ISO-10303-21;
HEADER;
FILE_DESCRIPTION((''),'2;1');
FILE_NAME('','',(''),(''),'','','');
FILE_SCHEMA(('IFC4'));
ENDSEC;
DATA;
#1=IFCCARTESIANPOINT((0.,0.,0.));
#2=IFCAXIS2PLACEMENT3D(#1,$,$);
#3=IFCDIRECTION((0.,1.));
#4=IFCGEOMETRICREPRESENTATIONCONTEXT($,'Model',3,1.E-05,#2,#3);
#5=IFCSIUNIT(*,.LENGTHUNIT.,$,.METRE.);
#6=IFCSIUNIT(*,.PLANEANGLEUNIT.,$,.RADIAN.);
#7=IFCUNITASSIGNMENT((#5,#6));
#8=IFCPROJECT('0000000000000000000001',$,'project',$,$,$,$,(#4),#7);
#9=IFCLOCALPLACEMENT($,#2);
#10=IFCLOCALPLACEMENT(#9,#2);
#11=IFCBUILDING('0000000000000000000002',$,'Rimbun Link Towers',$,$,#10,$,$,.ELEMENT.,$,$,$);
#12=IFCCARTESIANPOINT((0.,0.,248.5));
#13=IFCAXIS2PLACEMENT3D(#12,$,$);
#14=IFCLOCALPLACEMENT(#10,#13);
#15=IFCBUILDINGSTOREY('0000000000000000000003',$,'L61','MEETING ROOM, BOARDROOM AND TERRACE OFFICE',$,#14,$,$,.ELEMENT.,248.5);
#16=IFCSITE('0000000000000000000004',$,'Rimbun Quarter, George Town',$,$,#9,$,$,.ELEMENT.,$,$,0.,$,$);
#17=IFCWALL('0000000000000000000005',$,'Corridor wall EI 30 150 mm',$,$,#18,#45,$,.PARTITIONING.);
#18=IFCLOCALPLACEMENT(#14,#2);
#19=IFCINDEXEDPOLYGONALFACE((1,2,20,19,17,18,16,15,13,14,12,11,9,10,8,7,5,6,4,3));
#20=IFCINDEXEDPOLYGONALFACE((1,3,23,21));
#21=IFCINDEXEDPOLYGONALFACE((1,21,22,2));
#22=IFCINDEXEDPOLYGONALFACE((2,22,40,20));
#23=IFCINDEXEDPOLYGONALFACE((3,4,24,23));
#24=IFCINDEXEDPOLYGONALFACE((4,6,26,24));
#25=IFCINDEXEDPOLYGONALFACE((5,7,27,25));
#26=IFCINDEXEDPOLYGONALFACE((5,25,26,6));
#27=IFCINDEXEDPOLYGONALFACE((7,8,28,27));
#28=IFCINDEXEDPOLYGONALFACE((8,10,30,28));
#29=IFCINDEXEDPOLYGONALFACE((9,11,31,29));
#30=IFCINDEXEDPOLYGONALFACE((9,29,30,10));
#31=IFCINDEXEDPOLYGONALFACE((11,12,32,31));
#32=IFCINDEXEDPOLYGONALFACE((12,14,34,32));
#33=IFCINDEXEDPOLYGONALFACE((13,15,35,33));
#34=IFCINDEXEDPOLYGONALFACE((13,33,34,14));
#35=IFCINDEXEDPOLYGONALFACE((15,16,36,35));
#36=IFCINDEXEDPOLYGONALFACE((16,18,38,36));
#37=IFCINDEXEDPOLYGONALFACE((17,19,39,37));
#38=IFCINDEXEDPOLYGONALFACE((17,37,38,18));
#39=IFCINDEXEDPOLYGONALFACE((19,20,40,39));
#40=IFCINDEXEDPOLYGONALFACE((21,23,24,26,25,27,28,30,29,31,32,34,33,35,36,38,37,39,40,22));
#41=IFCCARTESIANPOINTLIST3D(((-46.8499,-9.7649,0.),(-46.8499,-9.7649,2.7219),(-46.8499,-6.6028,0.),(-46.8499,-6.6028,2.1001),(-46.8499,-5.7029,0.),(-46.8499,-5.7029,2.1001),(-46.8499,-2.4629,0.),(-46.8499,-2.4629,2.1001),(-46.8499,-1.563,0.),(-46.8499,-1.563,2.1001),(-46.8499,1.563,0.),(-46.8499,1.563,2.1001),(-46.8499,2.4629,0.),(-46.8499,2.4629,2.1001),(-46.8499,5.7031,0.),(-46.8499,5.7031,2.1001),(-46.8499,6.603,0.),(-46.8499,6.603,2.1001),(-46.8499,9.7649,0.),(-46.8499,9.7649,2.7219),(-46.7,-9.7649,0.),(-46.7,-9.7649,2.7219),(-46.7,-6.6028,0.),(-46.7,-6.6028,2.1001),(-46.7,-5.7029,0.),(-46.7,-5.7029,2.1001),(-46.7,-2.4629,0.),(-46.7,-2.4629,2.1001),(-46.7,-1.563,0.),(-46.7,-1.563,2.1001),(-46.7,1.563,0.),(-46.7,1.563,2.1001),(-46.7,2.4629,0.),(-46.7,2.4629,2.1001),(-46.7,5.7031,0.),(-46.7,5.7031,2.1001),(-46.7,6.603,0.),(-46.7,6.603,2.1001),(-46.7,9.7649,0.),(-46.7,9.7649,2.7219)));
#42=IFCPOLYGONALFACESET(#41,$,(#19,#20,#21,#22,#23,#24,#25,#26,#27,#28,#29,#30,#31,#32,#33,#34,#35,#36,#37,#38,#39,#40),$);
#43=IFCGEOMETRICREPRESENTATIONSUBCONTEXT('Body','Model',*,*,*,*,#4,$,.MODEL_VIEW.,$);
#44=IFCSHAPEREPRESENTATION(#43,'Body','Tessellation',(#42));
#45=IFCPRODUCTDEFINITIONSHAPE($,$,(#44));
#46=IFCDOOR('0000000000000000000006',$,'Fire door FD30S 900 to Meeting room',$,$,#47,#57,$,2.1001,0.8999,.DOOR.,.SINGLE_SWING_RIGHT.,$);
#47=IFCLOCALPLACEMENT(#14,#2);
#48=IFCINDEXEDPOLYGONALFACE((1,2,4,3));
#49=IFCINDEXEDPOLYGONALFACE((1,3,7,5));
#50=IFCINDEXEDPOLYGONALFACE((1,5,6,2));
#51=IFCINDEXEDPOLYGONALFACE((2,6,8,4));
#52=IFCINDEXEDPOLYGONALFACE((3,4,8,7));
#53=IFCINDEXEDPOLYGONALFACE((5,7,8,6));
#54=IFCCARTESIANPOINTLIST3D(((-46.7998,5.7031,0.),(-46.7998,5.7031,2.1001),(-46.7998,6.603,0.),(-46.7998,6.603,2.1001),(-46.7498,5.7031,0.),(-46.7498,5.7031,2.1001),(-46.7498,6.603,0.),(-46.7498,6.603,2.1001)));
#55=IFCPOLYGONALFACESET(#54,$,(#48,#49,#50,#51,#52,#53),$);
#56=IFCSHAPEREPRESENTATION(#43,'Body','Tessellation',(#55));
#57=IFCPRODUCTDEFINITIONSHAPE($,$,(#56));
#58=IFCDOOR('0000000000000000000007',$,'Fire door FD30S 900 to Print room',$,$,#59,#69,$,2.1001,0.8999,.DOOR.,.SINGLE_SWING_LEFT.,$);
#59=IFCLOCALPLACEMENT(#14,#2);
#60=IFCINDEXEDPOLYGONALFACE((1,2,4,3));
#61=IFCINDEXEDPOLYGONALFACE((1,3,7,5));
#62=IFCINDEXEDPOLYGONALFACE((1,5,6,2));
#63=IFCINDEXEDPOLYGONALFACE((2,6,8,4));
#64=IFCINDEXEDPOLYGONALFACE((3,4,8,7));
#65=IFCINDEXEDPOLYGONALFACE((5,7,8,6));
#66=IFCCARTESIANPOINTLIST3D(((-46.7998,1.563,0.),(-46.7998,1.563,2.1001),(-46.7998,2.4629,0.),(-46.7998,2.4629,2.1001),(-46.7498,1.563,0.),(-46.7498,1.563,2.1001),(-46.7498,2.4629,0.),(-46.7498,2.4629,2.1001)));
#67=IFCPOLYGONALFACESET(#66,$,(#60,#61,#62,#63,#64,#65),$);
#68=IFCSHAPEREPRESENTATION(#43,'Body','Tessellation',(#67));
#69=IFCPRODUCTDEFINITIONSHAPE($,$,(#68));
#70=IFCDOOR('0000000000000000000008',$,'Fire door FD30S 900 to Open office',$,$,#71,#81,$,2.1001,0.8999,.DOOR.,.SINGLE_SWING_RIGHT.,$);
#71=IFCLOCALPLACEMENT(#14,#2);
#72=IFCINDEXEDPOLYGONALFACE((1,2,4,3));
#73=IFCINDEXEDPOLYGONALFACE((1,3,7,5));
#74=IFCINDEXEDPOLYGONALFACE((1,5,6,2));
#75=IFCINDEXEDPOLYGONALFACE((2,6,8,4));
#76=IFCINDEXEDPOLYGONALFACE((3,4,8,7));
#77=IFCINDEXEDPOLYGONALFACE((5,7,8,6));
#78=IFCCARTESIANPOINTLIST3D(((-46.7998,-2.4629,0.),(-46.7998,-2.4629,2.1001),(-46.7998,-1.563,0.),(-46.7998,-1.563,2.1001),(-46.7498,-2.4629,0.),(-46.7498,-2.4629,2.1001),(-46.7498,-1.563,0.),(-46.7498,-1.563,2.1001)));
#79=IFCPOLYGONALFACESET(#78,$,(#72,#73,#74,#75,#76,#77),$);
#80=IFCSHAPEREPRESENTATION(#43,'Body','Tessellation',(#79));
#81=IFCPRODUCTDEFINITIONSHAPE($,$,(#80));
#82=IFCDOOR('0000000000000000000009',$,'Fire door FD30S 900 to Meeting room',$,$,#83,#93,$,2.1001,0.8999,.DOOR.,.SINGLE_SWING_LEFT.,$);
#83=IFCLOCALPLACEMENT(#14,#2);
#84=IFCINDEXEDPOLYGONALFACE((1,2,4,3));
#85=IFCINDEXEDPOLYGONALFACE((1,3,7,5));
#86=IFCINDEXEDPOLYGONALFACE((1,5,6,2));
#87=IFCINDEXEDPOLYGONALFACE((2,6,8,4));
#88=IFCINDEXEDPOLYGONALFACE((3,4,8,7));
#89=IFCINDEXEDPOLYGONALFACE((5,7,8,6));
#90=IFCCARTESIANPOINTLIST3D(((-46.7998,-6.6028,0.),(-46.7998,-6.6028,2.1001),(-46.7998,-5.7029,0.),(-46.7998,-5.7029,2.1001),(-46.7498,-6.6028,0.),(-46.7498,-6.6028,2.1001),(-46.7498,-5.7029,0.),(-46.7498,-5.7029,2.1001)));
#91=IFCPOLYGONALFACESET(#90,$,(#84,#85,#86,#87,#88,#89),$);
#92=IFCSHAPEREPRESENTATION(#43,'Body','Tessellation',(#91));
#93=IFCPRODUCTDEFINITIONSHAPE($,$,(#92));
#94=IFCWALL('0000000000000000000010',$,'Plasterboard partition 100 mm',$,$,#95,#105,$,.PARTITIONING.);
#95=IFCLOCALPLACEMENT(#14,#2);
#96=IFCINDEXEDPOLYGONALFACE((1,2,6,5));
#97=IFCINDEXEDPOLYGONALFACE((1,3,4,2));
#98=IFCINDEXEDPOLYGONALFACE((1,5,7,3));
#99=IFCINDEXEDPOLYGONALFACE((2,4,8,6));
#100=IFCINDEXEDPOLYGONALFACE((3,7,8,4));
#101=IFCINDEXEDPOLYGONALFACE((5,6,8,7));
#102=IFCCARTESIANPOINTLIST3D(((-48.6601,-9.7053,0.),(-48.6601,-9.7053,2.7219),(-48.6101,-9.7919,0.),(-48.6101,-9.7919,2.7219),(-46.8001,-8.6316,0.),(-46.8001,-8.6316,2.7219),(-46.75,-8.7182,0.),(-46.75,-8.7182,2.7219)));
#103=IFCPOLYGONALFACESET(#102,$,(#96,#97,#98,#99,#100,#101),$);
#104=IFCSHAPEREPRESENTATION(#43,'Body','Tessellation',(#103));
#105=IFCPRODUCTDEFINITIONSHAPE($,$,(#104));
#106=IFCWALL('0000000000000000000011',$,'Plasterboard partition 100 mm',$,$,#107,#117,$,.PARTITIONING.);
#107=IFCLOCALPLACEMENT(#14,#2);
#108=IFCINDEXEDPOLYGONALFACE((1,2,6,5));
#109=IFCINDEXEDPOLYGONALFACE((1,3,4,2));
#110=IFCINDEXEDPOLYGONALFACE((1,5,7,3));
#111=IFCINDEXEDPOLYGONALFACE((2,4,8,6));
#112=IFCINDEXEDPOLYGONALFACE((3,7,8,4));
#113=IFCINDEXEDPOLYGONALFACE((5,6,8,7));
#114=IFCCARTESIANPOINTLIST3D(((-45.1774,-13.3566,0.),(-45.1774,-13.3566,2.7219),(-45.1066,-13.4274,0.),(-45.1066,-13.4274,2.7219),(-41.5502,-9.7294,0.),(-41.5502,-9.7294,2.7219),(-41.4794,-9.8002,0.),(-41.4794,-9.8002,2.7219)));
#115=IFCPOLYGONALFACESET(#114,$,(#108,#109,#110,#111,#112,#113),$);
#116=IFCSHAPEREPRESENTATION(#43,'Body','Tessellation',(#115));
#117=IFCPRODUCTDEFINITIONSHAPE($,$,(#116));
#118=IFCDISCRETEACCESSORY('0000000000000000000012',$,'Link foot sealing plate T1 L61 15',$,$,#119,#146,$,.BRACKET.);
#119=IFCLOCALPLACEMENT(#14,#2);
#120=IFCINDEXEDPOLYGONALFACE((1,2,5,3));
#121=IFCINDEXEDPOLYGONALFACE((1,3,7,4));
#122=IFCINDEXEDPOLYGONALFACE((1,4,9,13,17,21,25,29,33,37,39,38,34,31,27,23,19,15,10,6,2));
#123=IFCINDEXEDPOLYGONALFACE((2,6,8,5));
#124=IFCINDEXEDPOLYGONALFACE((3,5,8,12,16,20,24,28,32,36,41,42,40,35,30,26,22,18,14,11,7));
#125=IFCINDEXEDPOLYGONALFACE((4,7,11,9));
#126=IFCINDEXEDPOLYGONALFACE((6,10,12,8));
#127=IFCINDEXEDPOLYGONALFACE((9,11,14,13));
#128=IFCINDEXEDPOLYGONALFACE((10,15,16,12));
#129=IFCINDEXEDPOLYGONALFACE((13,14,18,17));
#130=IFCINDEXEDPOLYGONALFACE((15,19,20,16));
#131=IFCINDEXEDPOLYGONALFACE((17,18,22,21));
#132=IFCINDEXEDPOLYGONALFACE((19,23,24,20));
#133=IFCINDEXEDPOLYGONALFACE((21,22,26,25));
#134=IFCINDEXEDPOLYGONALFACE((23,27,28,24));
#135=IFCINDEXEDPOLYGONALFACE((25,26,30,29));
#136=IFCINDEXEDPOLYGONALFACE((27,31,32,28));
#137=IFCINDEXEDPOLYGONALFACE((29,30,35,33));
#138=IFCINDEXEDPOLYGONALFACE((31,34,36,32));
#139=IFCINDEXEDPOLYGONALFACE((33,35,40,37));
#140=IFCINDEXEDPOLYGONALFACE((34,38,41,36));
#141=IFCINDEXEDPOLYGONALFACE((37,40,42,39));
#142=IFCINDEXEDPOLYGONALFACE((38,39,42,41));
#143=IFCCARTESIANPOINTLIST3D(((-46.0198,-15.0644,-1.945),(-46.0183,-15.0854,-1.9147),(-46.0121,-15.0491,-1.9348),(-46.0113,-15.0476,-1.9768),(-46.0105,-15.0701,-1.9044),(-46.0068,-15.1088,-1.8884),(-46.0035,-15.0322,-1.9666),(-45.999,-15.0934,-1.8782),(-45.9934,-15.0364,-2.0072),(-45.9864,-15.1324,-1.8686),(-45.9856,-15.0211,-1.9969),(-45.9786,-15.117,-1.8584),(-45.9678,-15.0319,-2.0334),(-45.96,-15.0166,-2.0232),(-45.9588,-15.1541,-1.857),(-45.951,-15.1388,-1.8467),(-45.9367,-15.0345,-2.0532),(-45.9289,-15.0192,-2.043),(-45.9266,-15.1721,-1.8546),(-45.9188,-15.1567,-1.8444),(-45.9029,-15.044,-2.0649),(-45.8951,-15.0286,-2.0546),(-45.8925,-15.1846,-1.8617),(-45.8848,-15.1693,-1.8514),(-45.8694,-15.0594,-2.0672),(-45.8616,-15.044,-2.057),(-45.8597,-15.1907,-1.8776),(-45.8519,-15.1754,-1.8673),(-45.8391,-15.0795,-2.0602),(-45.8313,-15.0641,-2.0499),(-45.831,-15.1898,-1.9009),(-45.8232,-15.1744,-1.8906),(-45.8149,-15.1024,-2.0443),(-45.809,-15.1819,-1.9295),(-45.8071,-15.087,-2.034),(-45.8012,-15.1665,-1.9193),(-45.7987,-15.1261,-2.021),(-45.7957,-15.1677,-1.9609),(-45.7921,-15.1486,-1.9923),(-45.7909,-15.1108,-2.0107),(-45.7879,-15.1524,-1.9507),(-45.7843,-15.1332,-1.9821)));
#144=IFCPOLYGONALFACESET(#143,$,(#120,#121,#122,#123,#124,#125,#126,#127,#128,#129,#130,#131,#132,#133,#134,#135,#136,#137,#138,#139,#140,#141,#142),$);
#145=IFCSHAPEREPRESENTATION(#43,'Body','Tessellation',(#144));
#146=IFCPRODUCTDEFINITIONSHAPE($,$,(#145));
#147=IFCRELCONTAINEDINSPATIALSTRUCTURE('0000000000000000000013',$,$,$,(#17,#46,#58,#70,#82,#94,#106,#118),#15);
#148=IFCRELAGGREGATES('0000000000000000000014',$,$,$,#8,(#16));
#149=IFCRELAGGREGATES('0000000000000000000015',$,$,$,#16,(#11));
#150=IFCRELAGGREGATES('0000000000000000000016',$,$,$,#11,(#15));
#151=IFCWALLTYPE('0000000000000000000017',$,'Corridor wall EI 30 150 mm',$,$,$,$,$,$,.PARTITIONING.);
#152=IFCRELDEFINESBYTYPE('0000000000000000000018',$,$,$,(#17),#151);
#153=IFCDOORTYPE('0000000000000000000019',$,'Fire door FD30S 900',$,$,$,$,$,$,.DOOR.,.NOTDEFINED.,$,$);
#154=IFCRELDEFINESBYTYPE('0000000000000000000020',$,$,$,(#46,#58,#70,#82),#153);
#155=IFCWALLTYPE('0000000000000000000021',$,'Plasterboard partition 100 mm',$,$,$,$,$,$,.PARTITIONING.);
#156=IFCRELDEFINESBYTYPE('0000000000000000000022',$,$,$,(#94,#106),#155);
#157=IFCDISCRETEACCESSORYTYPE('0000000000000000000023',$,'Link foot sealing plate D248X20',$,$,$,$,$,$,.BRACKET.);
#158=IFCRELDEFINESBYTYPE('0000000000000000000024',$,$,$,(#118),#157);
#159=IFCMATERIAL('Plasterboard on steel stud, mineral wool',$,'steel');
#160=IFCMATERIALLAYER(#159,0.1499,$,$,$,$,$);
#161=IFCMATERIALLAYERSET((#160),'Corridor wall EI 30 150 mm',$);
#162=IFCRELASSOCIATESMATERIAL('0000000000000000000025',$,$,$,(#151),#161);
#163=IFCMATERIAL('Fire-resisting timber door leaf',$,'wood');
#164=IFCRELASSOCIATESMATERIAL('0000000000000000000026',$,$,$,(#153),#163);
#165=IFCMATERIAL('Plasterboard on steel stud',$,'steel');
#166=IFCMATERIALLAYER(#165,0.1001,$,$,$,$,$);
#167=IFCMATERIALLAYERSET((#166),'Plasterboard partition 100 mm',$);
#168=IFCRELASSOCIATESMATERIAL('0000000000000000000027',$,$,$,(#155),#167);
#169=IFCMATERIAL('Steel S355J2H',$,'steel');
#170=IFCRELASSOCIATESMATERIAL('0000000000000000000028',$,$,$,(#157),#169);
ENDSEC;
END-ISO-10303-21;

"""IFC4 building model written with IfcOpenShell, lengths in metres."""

from ifc_helpers import new_model, si_unit, direction, frame, frame_2d, origin, origin_2d, place, context, subcontext, project, spatial, rectangle, circle, extrude, material, layer, layer_set, material_profile, profile_set, type_object, element, fill, save


model = new_model("IFC4")

# Units and contexts
model_context = context("Model", 3, precision=1e-05, world=origin(), true_north=direction((0.0, 1.0)))
body_context = subcontext(model_context, "Body", "Model", "MODEL_VIEW")
ifc_project = project(units=[si_unit("LENGTHUNIT", "METRE"), si_unit("PLANEANGLEUNIT", "RADIAN")], contexts=[model_context])

# Site, building, storey
site_placement = place(None, origin())
site = spatial("IfcSite", under=ifc_project, at=site_placement, Name="Rimbun Quarter, George Town", CompositionType="ELEMENT", RefElevation=0.0)
building_placement = place(site_placement, origin())
building = spatial("IfcBuilding", under=site, at=building_placement, Name="Rimbun Link Towers", CompositionType="ELEMENT")
storey_placement = place(building_placement, frame((0.0, 0.0, 248.5)))
storey = spatial("IfcBuildingStorey", under=building, at=storey_placement, Name="L61", Description="MEETING ROOM, BOARDROOM AND TERRACE OFFICE", CompositionType="ELEMENT", Elevation=248.5)

# Wall, openings, doors
ifc_material_1 = material(Name="Plasterboard on steel stud, mineral wool", Category="steel")
ifc_layer_1 = layer(ifc_material_1, 0.1499)
ifc_layer_set_1 = layer_set([ifc_layer_1], Name="Corridor wall EI 30 150 mm")
wall_type_1 = type_object("IfcWallType", Name="Corridor wall EI 30 150 mm", PredefinedType="PARTITIONING", material=ifc_layer_set_1)
wall_1_placement = place(storey_placement, frame((-46.7749, -9.7649, 0.0), z_axis=(0.0, 0.0, 1.0), x_axis=(0.0, 1.0, 0.0)))
wall_1 = element("IfcWall", 1, at=wall_1_placement, inside=storey, type_object=wall_type_1, Name="Corridor wall EI 30 150 mm", PredefinedType="PARTITIONING", context=body_context, shape_type="SweptSolid", body=[
    extrude(rectangle(XDim=19.5298, YDim=0.1499, at=frame_2d((9.7649, 0.0))), origin(), (0.0, 0.0, 1.0), 2.7219),
])
opening_1_placement = place(wall_1_placement, frame((15.468, 0.0, 0.0)))
opening_1 = element("IfcOpeningElement", 2, at=opening_1_placement, cuts=wall_1, PredefinedType="OPENING", context=body_context, shape_type="SweptSolid", body=[
    extrude(rectangle(XDim=0.8999, YDim=2.1001, at=frame_2d((0.45, 1.05))), frame((0.0, 0.085, 0.0), z_axis=(0.0, -1.0, 0.0), x_axis=(1.0, 0.0, 0.0)), (0.0, 0.0, 1.0), 0.1699),
])
opening_2_placement = place(wall_1_placement, frame((11.3279, 0.0, 0.0)))
opening_2 = element("IfcOpeningElement", 3, at=opening_2_placement, cuts=wall_1, PredefinedType="OPENING", context=body_context, shape_type="SweptSolid", body=[
    extrude(rectangle(XDim=0.8999, YDim=2.1001, at=frame_2d((0.45, 1.05))), frame((0.0, 0.085, 0.0), z_axis=(0.0, -1.0, 0.0), x_axis=(1.0, 0.0, 0.0)), (0.0, 0.0, 1.0), 0.1699),
])
opening_3_placement = place(wall_1_placement, frame((7.302, 0.0, 0.0)))
opening_3 = element("IfcOpeningElement", 4, at=opening_3_placement, cuts=wall_1, PredefinedType="OPENING", context=body_context, shape_type="SweptSolid", body=[
    extrude(rectangle(XDim=0.8999, YDim=2.1001, at=frame_2d((0.45, 1.05))), frame((0.0, 0.085, 0.0), z_axis=(0.0, -1.0, 0.0), x_axis=(1.0, 0.0, 0.0)), (0.0, 0.0, 1.0), 0.1699),
])
opening_4_placement = place(wall_1_placement, frame((3.1621, 0.0, 0.0)))
opening_4 = element("IfcOpeningElement", 5, at=opening_4_placement, cuts=wall_1, PredefinedType="OPENING", context=body_context, shape_type="SweptSolid", body=[
    extrude(rectangle(XDim=0.8999, YDim=2.1001, at=frame_2d((0.45, 1.05))), frame((0.0, 0.085, 0.0), z_axis=(0.0, -1.0, 0.0), x_axis=(1.0, 0.0, 0.0)), (0.0, 0.0, 1.0), 0.1699),
])
ifc_material_2 = material(Name="Fire-resisting timber door leaf", Category="wood")
door_type_1 = type_object("IfcDoorType", Name="Fire door FD30S 900", OperationType="NOTDEFINED", PredefinedType="DOOR", material=ifc_material_2)
door_1_placement = place(opening_1_placement, origin())
door_1 = element("IfcDoor", 6, at=door_1_placement, inside=storey, type_object=door_type_1, Name="Fire door FD30S 900 to Meeting room", OperationType="SINGLE_SWING_RIGHT", OverallHeight=2.1001, OverallWidth=0.8999, PredefinedType="DOOR", context=body_context, shape_type="SweptSolid", body=[
    extrude(rectangle(XDim=0.8999, YDim=2.1001, at=frame_2d((0.45, 1.05))), frame((0.0, 0.0249, 0.0), z_axis=(0.0, -1.0, 0.0), x_axis=(1.0, 0.0, 0.0)), (0.0, 0.0, 1.0), 0.05),
])
fill(opening_1, door_1)
door_2_placement = place(opening_2_placement, origin())
door_2 = element("IfcDoor", 7, at=door_2_placement, inside=storey, type_object=door_type_1, Name="Fire door FD30S 900 to Print room", OperationType="SINGLE_SWING_LEFT", OverallHeight=2.1001, OverallWidth=0.8999, PredefinedType="DOOR", context=body_context, shape_type="SweptSolid", body=[
    extrude(rectangle(XDim=0.8999, YDim=2.1001, at=frame_2d((0.45, 1.05))), frame((0.0, 0.0249, 0.0), z_axis=(0.0, -1.0, 0.0), x_axis=(1.0, 0.0, 0.0)), (0.0, 0.0, 1.0), 0.05),
])
fill(opening_2, door_2)
door_3_placement = place(opening_3_placement, origin())
door_3 = element("IfcDoor", 8, at=door_3_placement, inside=storey, type_object=door_type_1, Name="Fire door FD30S 900 to Open office", OperationType="SINGLE_SWING_RIGHT", OverallHeight=2.1001, OverallWidth=0.8999, PredefinedType="DOOR", context=body_context, shape_type="SweptSolid", body=[
    extrude(rectangle(XDim=0.8999, YDim=2.1001, at=frame_2d((0.45, 1.05))), frame((0.0, 0.0249, 0.0), z_axis=(0.0, -1.0, 0.0), x_axis=(1.0, 0.0, 0.0)), (0.0, 0.0, 1.0), 0.05),
])
fill(opening_3, door_3)
door_4_placement = place(opening_4_placement, origin())
door_4 = element("IfcDoor", 9, at=door_4_placement, inside=storey, type_object=door_type_1, Name="Fire door FD30S 900 to Meeting room", OperationType="SINGLE_SWING_LEFT", OverallHeight=2.1001, OverallWidth=0.8999, PredefinedType="DOOR", context=body_context, shape_type="SweptSolid", body=[
    extrude(rectangle(XDim=0.8999, YDim=2.1001, at=frame_2d((0.45, 1.05))), frame((0.0, 0.0249, 0.0), z_axis=(0.0, -1.0, 0.0), x_axis=(1.0, 0.0, 0.0)), (0.0, 0.0, 1.0), 0.05),
])
fill(opening_4, door_4)

# Walls
ifc_material_3 = material(Name="Plasterboard on steel stud", Category="steel")
ifc_layer_2 = layer(ifc_material_3, 0.1001)
ifc_layer_set_2 = layer_set([ifc_layer_2], Name="Plasterboard partition 100 mm")
wall_type_2 = type_object("IfcWallType", Name="Plasterboard partition 100 mm", PredefinedType="PARTITIONING", material=ifc_layer_set_2)
wall_2_placement = place(storey_placement, frame((-48.635, -9.7485, 0.0), z_axis=(0.0, 0.0, 1.0), x_axis=(0.866066, 0.499929, 0.0)))
element("IfcWall", 10, at=wall_2_placement, inside=storey, type_object=wall_type_2, Name="Plasterboard partition 100 mm", PredefinedType="PARTITIONING", context=body_context, shape_type="SweptSolid", body=[
    extrude(rectangle(XDim=2.1477, YDim=0.1001, at=frame_2d((1.0737, 0.0))), origin(), (0.0, 0.0, 1.0), 2.7219),
])
wall_3_placement = place(storey_placement, frame((-45.1421, -13.3921, 0.0), z_axis=(0.0, 0.0, 1.0), x_axis=(0.707107, 0.707107, 0.0)))
element("IfcWall", 11, at=wall_3_placement, inside=storey, type_object=wall_type_2, Name="Plasterboard partition 100 mm", PredefinedType="PARTITIONING", context=body_context, shape_type="SweptSolid", body=[
    extrude(rectangle(XDim=5.1296, YDim=0.1001, at=frame_2d((2.5649, 0.0))), origin(), (0.0, 0.0, 1.0), 2.7219),
])

# Discrete accessory
ifc_material_4 = material(Name="Steel S355J2H", Category="steel")
ifc_material_profile_1 = material_profile(ifc_material_4, circle(Radius=0.124, at=origin_2d()), Name="PL D248")
ifc_profile_set_1 = profile_set([ifc_material_profile_1], Name="Steel S355J2H")
discrete_accessory_type = type_object("IfcDiscreteAccessoryType", Name="Link foot sealing plate D248X20", PredefinedType="BRACKET", material=ifc_profile_set_1)
discrete_accessory_placement = place(storey_placement, frame((-45.8984, -15.0962, -1.9507), z_axis=(-0.38929, -0.766414, -0.510943), x_axis=(0.891579, -0.452865, 0.0)))
element("IfcDiscreteAccessory", 12, at=discrete_accessory_placement, inside=storey, type_object=discrete_accessory_type, Name="Link foot sealing plate T1 L61 15", PredefinedType="BRACKET", context=body_context, shape_type="SweptSolid", body=[
    extrude(circle(Radius=0.124, at=origin_2d()), origin(), (0.0, 0.0, 1.0), 0.02),
])

save(model, "model.ifc")
